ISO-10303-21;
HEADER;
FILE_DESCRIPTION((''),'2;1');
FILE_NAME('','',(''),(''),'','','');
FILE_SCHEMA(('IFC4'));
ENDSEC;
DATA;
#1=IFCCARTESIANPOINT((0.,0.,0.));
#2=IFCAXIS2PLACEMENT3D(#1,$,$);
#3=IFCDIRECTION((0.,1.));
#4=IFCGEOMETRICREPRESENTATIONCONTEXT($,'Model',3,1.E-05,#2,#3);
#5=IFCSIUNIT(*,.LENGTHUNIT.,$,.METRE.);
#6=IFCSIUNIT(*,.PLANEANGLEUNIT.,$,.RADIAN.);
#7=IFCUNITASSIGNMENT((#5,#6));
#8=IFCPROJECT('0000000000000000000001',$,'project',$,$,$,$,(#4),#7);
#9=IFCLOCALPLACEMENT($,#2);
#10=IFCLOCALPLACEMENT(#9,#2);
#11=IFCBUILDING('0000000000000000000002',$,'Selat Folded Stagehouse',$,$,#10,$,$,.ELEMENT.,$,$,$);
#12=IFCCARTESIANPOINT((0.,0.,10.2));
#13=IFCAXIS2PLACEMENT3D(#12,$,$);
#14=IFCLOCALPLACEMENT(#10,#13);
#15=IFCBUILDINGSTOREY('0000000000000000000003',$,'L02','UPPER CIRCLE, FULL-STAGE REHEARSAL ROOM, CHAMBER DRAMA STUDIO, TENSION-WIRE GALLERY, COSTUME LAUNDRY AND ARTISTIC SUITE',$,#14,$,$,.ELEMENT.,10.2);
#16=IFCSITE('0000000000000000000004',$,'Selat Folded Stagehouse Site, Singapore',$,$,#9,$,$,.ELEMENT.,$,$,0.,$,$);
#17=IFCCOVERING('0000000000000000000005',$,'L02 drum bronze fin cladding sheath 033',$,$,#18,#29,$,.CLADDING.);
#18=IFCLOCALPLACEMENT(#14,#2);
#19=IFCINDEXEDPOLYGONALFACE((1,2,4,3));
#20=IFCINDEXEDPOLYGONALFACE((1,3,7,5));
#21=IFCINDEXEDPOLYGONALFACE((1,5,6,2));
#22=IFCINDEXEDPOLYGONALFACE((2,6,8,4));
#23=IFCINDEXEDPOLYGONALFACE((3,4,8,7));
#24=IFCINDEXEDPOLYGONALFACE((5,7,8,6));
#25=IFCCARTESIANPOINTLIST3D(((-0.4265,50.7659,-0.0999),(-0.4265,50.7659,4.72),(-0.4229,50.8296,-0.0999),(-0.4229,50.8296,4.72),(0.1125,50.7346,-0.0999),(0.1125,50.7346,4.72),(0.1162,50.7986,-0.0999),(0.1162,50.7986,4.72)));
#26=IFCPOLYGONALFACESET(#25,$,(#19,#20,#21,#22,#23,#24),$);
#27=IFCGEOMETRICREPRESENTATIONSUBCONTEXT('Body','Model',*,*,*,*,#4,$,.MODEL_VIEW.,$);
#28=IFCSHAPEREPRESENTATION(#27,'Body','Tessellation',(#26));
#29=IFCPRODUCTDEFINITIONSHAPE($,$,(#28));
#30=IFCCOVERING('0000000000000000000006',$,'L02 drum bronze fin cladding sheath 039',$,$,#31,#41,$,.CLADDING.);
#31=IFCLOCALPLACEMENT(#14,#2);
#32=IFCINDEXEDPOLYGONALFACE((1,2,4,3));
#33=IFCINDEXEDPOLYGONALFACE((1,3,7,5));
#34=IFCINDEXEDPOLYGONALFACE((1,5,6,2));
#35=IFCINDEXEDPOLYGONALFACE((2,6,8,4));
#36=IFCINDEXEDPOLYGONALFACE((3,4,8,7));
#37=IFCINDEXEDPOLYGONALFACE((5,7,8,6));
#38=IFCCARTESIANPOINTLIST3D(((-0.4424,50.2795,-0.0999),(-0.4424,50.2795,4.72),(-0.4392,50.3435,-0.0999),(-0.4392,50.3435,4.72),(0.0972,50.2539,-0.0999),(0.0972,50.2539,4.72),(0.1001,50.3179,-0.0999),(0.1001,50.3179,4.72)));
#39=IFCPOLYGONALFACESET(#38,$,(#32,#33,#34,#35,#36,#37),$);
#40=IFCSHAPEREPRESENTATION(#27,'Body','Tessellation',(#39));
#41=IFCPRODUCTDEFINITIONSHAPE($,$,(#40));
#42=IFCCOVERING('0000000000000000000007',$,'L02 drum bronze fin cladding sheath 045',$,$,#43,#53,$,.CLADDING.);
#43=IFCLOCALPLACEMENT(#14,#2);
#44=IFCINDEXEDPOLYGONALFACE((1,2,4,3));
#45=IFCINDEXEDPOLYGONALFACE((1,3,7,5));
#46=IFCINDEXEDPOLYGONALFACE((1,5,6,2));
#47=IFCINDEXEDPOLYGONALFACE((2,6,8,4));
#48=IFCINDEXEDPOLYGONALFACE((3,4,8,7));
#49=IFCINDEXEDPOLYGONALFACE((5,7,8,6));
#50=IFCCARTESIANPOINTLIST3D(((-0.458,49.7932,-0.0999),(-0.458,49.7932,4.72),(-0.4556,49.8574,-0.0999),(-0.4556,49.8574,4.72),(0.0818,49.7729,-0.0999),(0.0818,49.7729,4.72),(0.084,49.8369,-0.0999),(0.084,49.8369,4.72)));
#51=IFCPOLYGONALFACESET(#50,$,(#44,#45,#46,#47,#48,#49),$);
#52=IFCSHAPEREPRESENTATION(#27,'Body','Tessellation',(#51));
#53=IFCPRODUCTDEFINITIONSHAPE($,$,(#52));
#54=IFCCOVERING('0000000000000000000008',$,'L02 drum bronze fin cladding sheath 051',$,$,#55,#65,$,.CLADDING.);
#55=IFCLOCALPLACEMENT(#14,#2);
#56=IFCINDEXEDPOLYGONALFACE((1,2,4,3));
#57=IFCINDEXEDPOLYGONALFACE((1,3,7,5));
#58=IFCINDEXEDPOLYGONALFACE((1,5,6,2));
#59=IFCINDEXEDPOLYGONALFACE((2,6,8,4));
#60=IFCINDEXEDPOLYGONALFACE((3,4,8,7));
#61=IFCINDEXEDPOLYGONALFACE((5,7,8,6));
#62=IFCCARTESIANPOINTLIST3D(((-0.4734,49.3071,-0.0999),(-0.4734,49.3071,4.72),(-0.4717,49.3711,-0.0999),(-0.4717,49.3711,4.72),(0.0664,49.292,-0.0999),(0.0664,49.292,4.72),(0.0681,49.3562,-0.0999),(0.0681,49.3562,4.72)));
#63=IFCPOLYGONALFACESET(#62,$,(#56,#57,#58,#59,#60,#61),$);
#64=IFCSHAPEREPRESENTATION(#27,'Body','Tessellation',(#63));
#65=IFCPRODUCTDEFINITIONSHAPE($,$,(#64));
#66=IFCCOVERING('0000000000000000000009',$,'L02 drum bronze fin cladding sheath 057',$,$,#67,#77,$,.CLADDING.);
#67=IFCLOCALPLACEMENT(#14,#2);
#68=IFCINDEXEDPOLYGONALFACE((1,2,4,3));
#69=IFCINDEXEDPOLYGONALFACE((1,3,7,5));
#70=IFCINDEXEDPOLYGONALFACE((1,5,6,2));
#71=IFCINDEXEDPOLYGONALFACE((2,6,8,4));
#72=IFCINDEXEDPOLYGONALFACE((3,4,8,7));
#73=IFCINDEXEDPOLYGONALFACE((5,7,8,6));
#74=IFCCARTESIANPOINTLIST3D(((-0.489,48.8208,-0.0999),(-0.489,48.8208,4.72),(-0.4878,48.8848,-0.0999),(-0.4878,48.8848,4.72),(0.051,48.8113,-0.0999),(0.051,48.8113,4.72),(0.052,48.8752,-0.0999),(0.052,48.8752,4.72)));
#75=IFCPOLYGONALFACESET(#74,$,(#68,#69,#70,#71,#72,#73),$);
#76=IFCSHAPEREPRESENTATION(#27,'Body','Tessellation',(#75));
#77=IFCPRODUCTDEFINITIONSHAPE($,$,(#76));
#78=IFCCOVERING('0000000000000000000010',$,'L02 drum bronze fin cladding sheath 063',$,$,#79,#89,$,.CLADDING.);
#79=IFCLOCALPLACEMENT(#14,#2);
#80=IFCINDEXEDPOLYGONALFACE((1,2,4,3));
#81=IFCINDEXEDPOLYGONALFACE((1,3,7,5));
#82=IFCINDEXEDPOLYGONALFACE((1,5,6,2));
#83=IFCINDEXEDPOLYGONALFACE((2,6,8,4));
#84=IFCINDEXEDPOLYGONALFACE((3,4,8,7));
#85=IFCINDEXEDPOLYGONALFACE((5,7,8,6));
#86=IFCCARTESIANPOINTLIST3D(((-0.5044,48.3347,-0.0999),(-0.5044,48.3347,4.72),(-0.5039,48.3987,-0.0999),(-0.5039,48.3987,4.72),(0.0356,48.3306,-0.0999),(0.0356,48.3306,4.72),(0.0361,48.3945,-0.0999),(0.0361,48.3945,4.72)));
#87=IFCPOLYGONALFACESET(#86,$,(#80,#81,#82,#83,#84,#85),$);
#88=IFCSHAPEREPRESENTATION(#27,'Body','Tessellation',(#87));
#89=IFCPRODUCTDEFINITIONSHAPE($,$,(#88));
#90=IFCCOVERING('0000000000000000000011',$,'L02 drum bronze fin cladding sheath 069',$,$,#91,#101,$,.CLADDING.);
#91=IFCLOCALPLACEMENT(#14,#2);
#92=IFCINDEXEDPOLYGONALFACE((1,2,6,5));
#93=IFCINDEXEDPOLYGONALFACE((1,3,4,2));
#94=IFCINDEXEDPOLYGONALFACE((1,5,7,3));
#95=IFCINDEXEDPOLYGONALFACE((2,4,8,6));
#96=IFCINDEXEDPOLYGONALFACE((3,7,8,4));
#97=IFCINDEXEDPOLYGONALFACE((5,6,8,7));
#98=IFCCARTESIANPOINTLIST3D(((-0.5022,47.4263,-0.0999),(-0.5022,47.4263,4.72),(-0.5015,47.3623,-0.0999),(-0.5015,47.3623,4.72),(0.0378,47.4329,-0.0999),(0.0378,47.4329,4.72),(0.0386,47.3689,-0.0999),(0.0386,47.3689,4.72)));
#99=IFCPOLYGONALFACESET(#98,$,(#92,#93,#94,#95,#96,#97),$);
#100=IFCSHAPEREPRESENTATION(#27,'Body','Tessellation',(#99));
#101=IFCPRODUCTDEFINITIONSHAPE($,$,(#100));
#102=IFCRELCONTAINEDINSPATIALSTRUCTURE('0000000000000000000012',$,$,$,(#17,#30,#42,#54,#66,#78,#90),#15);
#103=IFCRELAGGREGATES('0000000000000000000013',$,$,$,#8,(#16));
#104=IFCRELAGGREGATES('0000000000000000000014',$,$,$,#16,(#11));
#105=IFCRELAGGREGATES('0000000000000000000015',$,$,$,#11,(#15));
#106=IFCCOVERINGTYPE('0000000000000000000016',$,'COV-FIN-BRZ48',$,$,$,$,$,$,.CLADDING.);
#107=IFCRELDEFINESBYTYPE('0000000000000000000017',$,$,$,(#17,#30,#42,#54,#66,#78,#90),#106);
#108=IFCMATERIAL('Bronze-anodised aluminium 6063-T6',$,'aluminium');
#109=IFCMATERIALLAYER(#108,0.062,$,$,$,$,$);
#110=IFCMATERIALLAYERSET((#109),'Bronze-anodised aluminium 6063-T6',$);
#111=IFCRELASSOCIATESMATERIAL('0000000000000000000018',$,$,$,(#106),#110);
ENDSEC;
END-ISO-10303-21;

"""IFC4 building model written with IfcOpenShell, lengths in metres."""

from ifc_helpers import new_model, si_unit, direction, frame, origin, place, context, subcontext, project, spatial, polyline, outline, extrude, material, layer, layer_set, type_object, element, save


model = new_model("IFC4")

# Units and contexts
model_context = context("Model", 3, precision=1e-05, world=origin(), true_north=direction((0.0, 1.0)))
body_context = subcontext(model_context, "Body", "Model", "MODEL_VIEW")
ifc_project = project(units=[si_unit("LENGTHUNIT", "METRE"), si_unit("PLANEANGLEUNIT", "RADIAN")], contexts=[model_context])

# Site, building, storey
site_placement = place(None, origin())
site = spatial("IfcSite", under=ifc_project, at=site_placement, Name="Selat Folded Stagehouse Site, Singapore", CompositionType="ELEMENT", RefElevation=0.0)
building_placement = place(site_placement, origin())
building = spatial("IfcBuilding", under=site, at=building_placement, Name="Selat Folded Stagehouse", CompositionType="ELEMENT")
storey_placement = place(building_placement, frame((0.0, 0.0, 10.2)))
storey = spatial("IfcBuildingStorey", under=building, at=storey_placement, Name="L02", Description="UPPER CIRCLE, FULL-STAGE REHEARSAL ROOM, CHAMBER DRAMA STUDIO, TENSION-WIRE GALLERY, COSTUME LAUNDRY AND ARTISTIC SUITE", CompositionType="ELEMENT", Elevation=10.2)

# Coverings
ifc_material_1 = material(Name="Bronze-anodised aluminium 6063-T6", Category="aluminium")
ifc_layer_1 = layer(ifc_material_1, 0.062)
ifc_layer_set_1 = layer_set([ifc_layer_1], Name="Bronze-anodised aluminium 6063-T6")
covering_type = type_object("IfcCoveringType", Name="COV-FIN-BRZ48", PredefinedType="CLADDING", material=ifc_layer_set_1)
covering_1_placement = place(storey_placement, frame((0.0, 0.0, -0.0999)))
element("IfcCovering", 1, at=covering_1_placement, inside=storey, type_object=covering_type, Name="L02 drum bronze fin cladding sheath 033", PredefinedType="CLADDING", context=body_context, shape_type="SweptSolid", body=[
    extrude(outline(polyline([(0.1162, 50.7986), (-0.4229, 50.8296), (-0.4265, 50.7659), (0.1125, 50.7346), (0.1162, 50.7986)])), origin(), (0.0, 0.0, 1.0), 4.8198),
])
covering_2_placement = place(storey_placement, frame((0.0, 0.0, -0.0999)))
element("IfcCovering", 2, at=covering_2_placement, inside=storey, type_object=covering_type, Name="L02 drum bronze fin cladding sheath 039", PredefinedType="CLADDING", context=body_context, shape_type="SweptSolid", body=[
    extrude(outline(polyline([(0.1001, 50.3179), (-0.4392, 50.3435), (-0.4424, 50.2795), (0.0972, 50.2539), (0.1001, 50.3179)])), origin(), (0.0, 0.0, 1.0), 4.8198),
])
covering_3_placement = place(storey_placement, frame((0.0, 0.0, -0.0999)))
element("IfcCovering", 3, at=covering_3_placement, inside=storey, type_object=covering_type, Name="L02 drum bronze fin cladding sheath 045", PredefinedType="CLADDING", context=body_context, shape_type="SweptSolid", body=[
    extrude(outline(polyline([(0.084, 49.8369), (-0.4556, 49.8574), (-0.458, 49.7932), (0.0818, 49.7729), (0.084, 49.8369)])), origin(), (0.0, 0.0, 1.0), 4.8198),
])
covering_4_placement = place(storey_placement, frame((0.0, 0.0, -0.0999)))
element("IfcCovering", 4, at=covering_4_placement, inside=storey, type_object=covering_type, Name="L02 drum bronze fin cladding sheath 051", PredefinedType="CLADDING", context=body_context, shape_type="SweptSolid", body=[
    extrude(outline(polyline([(0.0681, 49.3562), (-0.4717, 49.3711), (-0.4734, 49.3071), (0.0664, 49.292), (0.0681, 49.3562)])), origin(), (0.0, 0.0, 1.0), 4.8198),
])
covering_5_placement = place(storey_placement, frame((0.0, 0.0, -0.0999)))
element("IfcCovering", 5, at=covering_5_placement, inside=storey, type_object=covering_type, Name="L02 drum bronze fin cladding sheath 057", PredefinedType="CLADDING", context=body_context, shape_type="SweptSolid", body=[
    extrude(outline(polyline([(0.052, 48.8752), (-0.4878, 48.8848), (-0.489, 48.8208), (0.051, 48.8113), (0.052, 48.8752)])), origin(), (0.0, 0.0, 1.0), 4.8198),
])
covering_6_placement = place(storey_placement, frame((0.0, 0.0, -0.0999)))
element("IfcCovering", 6, at=covering_6_placement, inside=storey, type_object=covering_type, Name="L02 drum bronze fin cladding sheath 063", PredefinedType="CLADDING", context=body_context, shape_type="SweptSolid", body=[
    extrude(outline(polyline([(0.0361, 48.3945), (-0.5039, 48.3987), (-0.5044, 48.3347), (0.0356, 48.3306), (0.0361, 48.3945)])), origin(), (0.0, 0.0, 1.0), 4.8198),
])
covering_7_placement = place(storey_placement, frame((0.0, 0.0, -0.0999)))
element("IfcCovering", 7, at=covering_7_placement, inside=storey, type_object=covering_type, Name="L02 drum bronze fin cladding sheath 069", PredefinedType="CLADDING", context=body_context, shape_type="SweptSolid", body=[
    extrude(outline(polyline([(0.0378, 47.4329), (-0.5022, 47.4263), (-0.5015, 47.3623), (0.0386, 47.3689), (0.0378, 47.4329)])), origin(), (0.0, 0.0, 1.0), 4.8198),
])

save(model, "model.ifc")
